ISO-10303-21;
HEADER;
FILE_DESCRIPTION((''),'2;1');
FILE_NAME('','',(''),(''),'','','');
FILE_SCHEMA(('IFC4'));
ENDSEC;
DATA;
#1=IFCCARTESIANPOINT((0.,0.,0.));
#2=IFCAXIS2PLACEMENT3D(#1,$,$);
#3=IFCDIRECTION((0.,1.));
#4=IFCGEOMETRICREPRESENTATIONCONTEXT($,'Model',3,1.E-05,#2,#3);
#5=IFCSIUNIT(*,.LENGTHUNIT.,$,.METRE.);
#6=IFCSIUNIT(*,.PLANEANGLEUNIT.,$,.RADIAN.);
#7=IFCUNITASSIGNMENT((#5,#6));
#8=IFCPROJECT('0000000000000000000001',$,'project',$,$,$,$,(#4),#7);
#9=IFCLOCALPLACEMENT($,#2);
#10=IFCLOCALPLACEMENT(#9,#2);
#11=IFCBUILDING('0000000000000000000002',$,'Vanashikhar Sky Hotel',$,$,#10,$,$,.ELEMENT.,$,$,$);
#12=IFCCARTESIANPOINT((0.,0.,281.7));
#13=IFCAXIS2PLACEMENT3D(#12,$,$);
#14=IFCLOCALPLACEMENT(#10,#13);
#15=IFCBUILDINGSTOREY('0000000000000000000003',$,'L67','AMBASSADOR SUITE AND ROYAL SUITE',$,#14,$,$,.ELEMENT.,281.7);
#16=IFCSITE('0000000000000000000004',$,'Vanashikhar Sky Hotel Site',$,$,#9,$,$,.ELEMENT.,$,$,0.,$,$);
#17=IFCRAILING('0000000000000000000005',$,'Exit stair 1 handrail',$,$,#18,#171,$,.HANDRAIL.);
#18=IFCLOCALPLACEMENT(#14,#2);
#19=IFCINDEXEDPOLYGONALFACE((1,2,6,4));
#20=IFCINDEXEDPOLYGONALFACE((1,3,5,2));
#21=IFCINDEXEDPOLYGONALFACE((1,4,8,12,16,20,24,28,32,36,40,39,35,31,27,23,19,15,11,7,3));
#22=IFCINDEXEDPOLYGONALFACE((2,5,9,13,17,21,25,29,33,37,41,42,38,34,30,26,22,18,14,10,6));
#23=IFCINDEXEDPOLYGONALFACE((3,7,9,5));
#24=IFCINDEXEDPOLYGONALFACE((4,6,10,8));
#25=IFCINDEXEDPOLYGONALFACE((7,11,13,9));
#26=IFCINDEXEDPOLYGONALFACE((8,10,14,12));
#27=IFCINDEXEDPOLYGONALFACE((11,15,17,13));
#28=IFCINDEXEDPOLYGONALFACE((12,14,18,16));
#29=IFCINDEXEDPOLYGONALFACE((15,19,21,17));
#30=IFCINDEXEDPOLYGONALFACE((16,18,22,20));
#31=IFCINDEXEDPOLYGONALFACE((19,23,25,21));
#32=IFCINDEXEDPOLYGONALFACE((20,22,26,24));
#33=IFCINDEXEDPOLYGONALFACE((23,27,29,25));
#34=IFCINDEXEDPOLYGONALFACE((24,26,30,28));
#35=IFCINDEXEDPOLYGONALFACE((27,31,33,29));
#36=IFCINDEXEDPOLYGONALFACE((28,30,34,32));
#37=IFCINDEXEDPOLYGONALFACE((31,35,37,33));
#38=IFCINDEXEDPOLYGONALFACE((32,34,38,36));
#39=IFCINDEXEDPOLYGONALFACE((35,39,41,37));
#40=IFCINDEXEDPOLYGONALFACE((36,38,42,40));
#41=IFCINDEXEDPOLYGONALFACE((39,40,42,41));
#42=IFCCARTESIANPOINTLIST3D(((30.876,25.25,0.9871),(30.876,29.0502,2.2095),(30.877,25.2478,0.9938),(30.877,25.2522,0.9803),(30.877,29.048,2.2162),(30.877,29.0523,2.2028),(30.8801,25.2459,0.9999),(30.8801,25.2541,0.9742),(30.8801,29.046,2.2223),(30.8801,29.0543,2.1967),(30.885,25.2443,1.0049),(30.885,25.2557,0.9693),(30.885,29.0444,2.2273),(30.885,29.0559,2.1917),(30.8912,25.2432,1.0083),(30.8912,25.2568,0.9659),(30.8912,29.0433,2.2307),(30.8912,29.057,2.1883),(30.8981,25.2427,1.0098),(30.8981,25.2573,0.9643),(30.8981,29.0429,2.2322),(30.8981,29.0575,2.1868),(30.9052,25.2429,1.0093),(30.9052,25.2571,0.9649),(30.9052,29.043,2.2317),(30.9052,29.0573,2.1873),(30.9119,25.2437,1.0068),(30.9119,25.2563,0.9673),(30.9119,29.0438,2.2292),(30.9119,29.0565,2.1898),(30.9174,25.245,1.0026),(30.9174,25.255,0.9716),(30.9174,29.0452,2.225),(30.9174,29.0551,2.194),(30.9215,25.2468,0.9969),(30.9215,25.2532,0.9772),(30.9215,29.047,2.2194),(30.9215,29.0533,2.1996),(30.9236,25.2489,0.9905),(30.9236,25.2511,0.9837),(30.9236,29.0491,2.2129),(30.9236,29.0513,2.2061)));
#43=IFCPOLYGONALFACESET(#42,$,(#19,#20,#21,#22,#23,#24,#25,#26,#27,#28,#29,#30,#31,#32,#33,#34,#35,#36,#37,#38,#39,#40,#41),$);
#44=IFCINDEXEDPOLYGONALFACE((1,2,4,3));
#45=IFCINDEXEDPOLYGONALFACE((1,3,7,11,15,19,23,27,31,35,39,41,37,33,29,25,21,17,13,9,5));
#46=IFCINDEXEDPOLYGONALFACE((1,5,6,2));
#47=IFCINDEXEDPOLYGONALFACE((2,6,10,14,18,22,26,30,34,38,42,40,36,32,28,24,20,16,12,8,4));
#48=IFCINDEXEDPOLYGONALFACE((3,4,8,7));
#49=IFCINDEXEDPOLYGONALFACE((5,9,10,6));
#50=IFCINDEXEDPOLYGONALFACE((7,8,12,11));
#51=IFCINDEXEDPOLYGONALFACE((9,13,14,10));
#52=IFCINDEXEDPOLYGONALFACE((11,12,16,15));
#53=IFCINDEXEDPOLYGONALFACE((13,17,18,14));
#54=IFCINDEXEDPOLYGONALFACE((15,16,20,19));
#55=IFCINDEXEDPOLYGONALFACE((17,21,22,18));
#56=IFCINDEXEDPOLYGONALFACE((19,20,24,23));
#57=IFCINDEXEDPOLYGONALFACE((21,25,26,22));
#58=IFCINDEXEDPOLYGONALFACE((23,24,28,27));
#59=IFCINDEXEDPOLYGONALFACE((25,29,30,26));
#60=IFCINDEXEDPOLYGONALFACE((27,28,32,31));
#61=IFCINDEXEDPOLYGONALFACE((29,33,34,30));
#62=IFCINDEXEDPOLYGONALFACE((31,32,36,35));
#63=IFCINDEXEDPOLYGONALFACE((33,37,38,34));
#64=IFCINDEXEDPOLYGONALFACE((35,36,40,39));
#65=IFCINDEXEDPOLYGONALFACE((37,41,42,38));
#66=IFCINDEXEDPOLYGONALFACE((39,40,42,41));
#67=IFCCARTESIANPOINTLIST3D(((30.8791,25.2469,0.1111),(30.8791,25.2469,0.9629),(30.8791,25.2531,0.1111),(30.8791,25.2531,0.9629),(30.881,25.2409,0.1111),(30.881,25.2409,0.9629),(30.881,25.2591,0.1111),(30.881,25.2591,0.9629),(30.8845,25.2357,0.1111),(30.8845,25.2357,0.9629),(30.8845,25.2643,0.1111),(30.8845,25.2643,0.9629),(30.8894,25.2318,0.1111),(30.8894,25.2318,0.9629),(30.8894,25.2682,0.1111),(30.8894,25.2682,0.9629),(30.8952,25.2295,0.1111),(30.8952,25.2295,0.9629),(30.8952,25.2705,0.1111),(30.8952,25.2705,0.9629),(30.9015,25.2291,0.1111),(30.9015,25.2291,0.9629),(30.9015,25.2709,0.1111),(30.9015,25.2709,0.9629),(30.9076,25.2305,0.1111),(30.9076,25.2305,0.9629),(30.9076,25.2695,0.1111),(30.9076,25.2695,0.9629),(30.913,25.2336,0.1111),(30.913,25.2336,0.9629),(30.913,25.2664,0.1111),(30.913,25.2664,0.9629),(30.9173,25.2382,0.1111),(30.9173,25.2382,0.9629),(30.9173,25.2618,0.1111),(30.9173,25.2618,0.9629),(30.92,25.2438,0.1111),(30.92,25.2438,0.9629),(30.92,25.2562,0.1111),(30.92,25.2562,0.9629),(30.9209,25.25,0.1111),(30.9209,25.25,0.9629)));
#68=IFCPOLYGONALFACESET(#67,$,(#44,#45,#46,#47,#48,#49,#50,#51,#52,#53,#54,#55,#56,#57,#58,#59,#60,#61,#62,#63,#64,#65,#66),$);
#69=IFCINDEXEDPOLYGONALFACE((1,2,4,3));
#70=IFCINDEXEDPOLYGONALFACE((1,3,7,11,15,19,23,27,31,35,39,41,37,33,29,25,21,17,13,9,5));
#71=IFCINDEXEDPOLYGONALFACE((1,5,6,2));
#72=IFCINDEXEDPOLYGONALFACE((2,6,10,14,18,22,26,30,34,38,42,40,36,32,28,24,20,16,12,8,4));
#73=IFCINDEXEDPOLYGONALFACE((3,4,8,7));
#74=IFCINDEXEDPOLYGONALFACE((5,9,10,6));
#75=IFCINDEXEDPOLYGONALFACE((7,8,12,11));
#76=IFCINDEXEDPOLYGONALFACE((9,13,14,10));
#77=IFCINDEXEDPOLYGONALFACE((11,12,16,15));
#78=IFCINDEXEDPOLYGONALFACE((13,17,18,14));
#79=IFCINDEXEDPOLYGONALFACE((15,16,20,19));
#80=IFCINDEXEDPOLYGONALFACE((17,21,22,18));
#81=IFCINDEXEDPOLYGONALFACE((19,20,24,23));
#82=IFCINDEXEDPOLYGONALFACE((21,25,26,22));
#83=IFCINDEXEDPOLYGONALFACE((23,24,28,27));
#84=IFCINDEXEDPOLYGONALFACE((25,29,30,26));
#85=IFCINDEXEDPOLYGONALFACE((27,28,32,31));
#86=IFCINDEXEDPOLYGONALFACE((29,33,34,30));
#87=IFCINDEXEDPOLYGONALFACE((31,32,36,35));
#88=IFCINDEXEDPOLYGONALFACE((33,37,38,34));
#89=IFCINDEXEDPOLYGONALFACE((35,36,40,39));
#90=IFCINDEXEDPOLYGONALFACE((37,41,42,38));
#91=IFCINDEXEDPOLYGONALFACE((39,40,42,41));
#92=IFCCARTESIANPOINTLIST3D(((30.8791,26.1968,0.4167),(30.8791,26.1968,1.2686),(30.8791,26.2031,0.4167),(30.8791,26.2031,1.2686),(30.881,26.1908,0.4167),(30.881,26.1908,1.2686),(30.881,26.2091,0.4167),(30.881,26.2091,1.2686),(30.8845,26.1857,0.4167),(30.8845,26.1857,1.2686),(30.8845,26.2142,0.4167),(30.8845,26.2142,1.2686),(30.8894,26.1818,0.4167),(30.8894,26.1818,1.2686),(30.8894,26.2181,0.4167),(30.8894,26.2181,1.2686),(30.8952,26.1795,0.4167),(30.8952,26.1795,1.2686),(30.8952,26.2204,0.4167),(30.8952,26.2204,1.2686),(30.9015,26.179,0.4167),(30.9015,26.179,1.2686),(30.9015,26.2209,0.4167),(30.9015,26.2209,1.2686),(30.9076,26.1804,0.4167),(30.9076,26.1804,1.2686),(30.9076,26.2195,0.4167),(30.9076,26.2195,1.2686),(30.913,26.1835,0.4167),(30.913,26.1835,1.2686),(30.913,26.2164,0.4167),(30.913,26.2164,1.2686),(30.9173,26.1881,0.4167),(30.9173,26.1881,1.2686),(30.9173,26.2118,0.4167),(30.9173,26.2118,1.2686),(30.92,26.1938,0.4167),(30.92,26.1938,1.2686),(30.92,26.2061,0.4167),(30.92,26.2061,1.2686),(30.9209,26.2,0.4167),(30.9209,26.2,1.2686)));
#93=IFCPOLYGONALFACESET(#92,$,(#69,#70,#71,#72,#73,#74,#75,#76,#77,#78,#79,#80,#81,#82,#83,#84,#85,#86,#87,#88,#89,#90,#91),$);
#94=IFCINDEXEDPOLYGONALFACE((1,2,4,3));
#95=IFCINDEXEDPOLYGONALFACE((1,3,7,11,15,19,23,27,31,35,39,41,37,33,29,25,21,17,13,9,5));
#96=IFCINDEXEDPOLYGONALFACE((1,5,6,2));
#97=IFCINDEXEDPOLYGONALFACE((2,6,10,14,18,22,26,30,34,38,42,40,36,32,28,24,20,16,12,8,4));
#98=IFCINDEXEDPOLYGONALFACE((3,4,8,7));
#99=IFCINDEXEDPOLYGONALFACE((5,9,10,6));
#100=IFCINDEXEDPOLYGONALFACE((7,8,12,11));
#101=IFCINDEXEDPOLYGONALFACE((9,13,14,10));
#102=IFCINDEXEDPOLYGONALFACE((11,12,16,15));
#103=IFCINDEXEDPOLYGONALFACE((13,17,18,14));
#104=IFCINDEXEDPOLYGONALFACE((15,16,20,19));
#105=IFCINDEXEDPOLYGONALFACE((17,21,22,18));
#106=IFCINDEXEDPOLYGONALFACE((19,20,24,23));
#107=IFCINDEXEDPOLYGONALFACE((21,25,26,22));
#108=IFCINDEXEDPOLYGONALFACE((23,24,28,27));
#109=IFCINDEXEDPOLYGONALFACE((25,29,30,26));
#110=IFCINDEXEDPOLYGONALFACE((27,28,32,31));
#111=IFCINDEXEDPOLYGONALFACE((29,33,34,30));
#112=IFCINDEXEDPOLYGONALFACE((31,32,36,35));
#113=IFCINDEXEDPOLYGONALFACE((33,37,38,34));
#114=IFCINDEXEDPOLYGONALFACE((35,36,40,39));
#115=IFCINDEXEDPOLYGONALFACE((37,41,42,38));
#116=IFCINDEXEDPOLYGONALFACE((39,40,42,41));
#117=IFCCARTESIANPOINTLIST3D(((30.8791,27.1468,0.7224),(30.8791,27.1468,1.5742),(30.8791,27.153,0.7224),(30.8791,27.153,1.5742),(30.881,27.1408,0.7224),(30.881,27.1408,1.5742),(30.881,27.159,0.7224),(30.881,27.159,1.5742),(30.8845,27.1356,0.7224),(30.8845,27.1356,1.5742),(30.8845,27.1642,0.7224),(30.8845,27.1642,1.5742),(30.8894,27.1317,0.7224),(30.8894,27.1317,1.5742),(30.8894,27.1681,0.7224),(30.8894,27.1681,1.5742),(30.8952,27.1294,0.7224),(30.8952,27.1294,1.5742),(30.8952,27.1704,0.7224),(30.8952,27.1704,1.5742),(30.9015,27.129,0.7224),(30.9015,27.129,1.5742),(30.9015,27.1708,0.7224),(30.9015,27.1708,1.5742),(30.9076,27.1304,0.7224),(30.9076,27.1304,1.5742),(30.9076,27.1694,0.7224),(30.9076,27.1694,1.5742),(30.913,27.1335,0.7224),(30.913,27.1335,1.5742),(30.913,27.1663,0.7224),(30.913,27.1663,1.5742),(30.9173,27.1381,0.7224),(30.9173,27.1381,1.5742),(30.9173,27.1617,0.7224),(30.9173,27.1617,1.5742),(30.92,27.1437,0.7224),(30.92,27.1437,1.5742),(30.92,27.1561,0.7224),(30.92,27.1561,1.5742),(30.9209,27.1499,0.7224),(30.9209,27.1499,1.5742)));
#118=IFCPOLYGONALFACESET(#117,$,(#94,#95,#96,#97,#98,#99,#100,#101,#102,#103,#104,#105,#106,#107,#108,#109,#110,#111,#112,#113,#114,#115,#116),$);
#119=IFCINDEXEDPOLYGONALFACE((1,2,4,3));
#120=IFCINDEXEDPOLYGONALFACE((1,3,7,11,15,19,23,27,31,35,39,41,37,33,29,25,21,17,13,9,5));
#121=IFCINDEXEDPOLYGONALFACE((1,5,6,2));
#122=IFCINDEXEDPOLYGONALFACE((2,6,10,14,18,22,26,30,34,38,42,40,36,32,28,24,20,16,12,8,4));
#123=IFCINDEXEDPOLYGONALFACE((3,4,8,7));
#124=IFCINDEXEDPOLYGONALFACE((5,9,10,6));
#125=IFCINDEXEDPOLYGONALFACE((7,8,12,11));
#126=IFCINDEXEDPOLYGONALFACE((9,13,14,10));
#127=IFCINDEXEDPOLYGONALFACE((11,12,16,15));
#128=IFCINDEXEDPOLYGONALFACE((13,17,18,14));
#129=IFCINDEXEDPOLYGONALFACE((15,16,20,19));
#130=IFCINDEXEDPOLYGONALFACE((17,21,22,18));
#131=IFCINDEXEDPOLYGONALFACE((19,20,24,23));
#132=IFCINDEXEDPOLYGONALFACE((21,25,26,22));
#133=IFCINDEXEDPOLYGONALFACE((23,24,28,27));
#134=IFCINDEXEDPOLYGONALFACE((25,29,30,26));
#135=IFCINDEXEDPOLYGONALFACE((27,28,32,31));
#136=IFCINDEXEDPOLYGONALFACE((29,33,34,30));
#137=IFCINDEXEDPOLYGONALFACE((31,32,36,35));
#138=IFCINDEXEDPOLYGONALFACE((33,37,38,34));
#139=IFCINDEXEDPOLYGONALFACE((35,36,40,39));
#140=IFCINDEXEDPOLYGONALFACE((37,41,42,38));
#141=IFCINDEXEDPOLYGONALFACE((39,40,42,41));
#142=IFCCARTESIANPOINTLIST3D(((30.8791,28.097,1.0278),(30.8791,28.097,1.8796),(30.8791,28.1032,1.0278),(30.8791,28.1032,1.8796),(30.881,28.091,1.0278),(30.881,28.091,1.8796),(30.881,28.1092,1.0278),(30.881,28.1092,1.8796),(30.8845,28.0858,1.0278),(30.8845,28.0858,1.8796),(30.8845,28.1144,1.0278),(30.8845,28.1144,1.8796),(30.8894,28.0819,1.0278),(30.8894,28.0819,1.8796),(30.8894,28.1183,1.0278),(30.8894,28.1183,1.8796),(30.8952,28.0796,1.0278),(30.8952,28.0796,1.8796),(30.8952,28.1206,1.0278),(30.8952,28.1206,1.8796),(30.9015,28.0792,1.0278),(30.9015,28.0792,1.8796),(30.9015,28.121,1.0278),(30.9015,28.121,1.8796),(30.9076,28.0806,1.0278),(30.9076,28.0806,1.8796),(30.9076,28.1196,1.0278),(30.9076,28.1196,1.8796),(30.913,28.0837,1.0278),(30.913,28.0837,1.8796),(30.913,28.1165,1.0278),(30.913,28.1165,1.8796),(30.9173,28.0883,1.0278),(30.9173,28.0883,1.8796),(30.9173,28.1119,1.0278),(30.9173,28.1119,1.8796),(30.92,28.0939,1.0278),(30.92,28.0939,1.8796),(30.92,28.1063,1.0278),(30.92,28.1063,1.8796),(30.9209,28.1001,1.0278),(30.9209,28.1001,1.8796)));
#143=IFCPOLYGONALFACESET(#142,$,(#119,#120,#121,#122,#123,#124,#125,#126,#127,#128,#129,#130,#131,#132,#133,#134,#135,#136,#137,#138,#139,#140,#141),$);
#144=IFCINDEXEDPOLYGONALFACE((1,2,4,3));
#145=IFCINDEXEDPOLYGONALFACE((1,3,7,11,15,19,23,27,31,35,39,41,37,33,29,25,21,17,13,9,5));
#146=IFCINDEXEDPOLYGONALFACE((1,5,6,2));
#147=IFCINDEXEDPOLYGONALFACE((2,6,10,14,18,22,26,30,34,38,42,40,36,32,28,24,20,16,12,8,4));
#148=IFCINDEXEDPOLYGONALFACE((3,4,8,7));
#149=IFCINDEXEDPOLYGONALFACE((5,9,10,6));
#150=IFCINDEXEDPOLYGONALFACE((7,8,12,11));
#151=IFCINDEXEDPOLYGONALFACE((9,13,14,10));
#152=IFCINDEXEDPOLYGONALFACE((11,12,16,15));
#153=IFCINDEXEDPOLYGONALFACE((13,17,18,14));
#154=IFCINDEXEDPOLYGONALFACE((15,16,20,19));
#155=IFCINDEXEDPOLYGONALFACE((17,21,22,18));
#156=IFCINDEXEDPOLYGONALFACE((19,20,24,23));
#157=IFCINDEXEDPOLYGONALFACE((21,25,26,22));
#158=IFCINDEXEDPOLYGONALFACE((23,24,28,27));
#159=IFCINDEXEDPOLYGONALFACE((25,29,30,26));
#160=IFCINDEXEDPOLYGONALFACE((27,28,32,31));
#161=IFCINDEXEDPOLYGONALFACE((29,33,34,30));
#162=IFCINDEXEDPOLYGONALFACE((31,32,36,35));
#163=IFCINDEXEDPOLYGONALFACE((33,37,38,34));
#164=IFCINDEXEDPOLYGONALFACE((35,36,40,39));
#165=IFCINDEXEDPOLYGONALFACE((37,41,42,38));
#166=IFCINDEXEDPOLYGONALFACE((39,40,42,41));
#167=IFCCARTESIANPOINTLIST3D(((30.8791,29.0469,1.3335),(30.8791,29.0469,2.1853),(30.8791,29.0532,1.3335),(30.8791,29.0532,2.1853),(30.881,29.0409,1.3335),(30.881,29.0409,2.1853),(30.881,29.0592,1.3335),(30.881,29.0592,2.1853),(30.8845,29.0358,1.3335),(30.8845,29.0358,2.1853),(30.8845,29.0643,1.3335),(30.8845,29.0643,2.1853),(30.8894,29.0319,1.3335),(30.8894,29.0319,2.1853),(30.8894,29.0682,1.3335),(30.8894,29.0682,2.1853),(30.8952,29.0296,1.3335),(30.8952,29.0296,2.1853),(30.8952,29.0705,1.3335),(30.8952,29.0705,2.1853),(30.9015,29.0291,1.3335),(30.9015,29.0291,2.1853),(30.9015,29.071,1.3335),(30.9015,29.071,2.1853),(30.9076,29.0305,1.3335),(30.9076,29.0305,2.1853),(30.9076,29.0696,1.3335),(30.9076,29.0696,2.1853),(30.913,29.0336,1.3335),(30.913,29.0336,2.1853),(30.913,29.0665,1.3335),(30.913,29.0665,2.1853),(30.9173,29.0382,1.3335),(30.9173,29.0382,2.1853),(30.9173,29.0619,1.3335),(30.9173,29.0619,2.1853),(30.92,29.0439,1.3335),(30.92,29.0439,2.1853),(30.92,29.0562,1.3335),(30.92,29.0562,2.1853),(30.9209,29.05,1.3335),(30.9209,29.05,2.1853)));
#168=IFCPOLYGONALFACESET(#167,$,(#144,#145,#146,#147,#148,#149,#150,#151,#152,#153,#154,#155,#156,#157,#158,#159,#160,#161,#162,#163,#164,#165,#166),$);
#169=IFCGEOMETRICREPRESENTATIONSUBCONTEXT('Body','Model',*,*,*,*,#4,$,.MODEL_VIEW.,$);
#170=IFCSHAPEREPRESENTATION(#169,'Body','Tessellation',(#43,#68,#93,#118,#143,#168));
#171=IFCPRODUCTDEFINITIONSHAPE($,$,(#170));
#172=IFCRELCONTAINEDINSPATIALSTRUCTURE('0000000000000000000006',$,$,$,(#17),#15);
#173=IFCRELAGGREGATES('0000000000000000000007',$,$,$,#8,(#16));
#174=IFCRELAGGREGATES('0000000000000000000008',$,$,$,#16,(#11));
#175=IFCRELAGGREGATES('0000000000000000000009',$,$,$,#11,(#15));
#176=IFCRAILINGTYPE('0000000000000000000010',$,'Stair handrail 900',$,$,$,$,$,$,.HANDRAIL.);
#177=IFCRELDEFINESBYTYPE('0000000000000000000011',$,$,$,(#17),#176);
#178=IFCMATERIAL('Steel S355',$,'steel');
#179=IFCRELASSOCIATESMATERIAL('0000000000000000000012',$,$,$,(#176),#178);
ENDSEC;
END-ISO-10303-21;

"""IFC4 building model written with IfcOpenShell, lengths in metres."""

from ifc_helpers import new_model, si_unit, direction, frame, origin, origin_2d, place, context, subcontext, project, spatial, circle, extrude, source, transform, mapped, material, type_object, element, save


model = new_model("IFC4")

# Units and contexts
model_context = context("Model", 3, precision=1e-05, world=origin(), true_north=direction((0.0, 1.0)))
body_context = subcontext(model_context, "Body", "Model", "MODEL_VIEW")
ifc_project = project(units=[si_unit("LENGTHUNIT", "METRE"), si_unit("PLANEANGLEUNIT", "RADIAN")], contexts=[model_context])

# Site, building, storey
site_placement = place(None, origin())
site = spatial("IfcSite", under=ifc_project, at=site_placement, Name="Vanashikhar Sky Hotel Site", CompositionType="ELEMENT", RefElevation=0.0)
building_placement = place(site_placement, origin())
building = spatial("IfcBuilding", under=site, at=building_placement, Name="Vanashikhar Sky Hotel", CompositionType="ELEMENT")
storey_placement = place(building_placement, frame((0.0, 0.0, 281.7)))
storey = spatial("IfcBuildingStorey", under=building, at=storey_placement, Name="L67", Description="AMBASSADOR SUITE AND ROYAL SUITE", CompositionType="ELEMENT", Elevation=281.7)

# Railing
ifc_material_1 = material(Name="Steel S355", Category="steel")
railing_type_1 = type_object("IfcRailingType", Name="Stair handrail 900", PredefinedType="HANDRAIL", material=ifc_material_1)
shared_shape_1 = source(origin(), body_context, "Body", "SweptSolid", [
    extrude(circle(Radius=0.0239, at=origin_2d()), frame((0.0, 0.0, 0.876), z_axis=(0.0, 0.951958, 0.306229), x_axis=(-1.0, 0.0, 0.0)), (0.0, 0.0, 1.0), 3.9919),
    extrude(circle(Radius=0.021, at=origin_2d()), origin(), (0.0, 0.0, 1.0), 0.8518),
    extrude(circle(Radius=0.021, at=origin_2d()), frame((0.0, 0.95, 0.3057)), (0.0, 0.0, 1.0), 0.8518),
    extrude(circle(Radius=0.021, at=origin_2d()), frame((0.0, 1.8999, 0.6113)), (0.0, 0.0, 1.0), 0.8518),
    extrude(circle(Radius=0.021, at=origin_2d()), frame((0.0, 2.8501, 0.9167)), (0.0, 0.0, 1.0), 0.8518),
    extrude(circle(Radius=0.021, at=origin_2d()), frame((0.0, 3.8, 1.2224)), (0.0, 0.0, 1.0), 0.8518),
])
railing_1_placement = place(storey_placement, frame((30.8999, 25.25, 0.1111)))
element("IfcRailing", 1, at=railing_1_placement, inside=storey, type_object=railing_type_1, Name="Exit stair 1 handrail", PredefinedType="HANDRAIL", context=body_context, shape_type="MappedRepresentation", body=[
    mapped(shared_shape_1, transform((0.0, 0.0, 0.0), scale=1.0)),
])

save(model, "model.ifc")
